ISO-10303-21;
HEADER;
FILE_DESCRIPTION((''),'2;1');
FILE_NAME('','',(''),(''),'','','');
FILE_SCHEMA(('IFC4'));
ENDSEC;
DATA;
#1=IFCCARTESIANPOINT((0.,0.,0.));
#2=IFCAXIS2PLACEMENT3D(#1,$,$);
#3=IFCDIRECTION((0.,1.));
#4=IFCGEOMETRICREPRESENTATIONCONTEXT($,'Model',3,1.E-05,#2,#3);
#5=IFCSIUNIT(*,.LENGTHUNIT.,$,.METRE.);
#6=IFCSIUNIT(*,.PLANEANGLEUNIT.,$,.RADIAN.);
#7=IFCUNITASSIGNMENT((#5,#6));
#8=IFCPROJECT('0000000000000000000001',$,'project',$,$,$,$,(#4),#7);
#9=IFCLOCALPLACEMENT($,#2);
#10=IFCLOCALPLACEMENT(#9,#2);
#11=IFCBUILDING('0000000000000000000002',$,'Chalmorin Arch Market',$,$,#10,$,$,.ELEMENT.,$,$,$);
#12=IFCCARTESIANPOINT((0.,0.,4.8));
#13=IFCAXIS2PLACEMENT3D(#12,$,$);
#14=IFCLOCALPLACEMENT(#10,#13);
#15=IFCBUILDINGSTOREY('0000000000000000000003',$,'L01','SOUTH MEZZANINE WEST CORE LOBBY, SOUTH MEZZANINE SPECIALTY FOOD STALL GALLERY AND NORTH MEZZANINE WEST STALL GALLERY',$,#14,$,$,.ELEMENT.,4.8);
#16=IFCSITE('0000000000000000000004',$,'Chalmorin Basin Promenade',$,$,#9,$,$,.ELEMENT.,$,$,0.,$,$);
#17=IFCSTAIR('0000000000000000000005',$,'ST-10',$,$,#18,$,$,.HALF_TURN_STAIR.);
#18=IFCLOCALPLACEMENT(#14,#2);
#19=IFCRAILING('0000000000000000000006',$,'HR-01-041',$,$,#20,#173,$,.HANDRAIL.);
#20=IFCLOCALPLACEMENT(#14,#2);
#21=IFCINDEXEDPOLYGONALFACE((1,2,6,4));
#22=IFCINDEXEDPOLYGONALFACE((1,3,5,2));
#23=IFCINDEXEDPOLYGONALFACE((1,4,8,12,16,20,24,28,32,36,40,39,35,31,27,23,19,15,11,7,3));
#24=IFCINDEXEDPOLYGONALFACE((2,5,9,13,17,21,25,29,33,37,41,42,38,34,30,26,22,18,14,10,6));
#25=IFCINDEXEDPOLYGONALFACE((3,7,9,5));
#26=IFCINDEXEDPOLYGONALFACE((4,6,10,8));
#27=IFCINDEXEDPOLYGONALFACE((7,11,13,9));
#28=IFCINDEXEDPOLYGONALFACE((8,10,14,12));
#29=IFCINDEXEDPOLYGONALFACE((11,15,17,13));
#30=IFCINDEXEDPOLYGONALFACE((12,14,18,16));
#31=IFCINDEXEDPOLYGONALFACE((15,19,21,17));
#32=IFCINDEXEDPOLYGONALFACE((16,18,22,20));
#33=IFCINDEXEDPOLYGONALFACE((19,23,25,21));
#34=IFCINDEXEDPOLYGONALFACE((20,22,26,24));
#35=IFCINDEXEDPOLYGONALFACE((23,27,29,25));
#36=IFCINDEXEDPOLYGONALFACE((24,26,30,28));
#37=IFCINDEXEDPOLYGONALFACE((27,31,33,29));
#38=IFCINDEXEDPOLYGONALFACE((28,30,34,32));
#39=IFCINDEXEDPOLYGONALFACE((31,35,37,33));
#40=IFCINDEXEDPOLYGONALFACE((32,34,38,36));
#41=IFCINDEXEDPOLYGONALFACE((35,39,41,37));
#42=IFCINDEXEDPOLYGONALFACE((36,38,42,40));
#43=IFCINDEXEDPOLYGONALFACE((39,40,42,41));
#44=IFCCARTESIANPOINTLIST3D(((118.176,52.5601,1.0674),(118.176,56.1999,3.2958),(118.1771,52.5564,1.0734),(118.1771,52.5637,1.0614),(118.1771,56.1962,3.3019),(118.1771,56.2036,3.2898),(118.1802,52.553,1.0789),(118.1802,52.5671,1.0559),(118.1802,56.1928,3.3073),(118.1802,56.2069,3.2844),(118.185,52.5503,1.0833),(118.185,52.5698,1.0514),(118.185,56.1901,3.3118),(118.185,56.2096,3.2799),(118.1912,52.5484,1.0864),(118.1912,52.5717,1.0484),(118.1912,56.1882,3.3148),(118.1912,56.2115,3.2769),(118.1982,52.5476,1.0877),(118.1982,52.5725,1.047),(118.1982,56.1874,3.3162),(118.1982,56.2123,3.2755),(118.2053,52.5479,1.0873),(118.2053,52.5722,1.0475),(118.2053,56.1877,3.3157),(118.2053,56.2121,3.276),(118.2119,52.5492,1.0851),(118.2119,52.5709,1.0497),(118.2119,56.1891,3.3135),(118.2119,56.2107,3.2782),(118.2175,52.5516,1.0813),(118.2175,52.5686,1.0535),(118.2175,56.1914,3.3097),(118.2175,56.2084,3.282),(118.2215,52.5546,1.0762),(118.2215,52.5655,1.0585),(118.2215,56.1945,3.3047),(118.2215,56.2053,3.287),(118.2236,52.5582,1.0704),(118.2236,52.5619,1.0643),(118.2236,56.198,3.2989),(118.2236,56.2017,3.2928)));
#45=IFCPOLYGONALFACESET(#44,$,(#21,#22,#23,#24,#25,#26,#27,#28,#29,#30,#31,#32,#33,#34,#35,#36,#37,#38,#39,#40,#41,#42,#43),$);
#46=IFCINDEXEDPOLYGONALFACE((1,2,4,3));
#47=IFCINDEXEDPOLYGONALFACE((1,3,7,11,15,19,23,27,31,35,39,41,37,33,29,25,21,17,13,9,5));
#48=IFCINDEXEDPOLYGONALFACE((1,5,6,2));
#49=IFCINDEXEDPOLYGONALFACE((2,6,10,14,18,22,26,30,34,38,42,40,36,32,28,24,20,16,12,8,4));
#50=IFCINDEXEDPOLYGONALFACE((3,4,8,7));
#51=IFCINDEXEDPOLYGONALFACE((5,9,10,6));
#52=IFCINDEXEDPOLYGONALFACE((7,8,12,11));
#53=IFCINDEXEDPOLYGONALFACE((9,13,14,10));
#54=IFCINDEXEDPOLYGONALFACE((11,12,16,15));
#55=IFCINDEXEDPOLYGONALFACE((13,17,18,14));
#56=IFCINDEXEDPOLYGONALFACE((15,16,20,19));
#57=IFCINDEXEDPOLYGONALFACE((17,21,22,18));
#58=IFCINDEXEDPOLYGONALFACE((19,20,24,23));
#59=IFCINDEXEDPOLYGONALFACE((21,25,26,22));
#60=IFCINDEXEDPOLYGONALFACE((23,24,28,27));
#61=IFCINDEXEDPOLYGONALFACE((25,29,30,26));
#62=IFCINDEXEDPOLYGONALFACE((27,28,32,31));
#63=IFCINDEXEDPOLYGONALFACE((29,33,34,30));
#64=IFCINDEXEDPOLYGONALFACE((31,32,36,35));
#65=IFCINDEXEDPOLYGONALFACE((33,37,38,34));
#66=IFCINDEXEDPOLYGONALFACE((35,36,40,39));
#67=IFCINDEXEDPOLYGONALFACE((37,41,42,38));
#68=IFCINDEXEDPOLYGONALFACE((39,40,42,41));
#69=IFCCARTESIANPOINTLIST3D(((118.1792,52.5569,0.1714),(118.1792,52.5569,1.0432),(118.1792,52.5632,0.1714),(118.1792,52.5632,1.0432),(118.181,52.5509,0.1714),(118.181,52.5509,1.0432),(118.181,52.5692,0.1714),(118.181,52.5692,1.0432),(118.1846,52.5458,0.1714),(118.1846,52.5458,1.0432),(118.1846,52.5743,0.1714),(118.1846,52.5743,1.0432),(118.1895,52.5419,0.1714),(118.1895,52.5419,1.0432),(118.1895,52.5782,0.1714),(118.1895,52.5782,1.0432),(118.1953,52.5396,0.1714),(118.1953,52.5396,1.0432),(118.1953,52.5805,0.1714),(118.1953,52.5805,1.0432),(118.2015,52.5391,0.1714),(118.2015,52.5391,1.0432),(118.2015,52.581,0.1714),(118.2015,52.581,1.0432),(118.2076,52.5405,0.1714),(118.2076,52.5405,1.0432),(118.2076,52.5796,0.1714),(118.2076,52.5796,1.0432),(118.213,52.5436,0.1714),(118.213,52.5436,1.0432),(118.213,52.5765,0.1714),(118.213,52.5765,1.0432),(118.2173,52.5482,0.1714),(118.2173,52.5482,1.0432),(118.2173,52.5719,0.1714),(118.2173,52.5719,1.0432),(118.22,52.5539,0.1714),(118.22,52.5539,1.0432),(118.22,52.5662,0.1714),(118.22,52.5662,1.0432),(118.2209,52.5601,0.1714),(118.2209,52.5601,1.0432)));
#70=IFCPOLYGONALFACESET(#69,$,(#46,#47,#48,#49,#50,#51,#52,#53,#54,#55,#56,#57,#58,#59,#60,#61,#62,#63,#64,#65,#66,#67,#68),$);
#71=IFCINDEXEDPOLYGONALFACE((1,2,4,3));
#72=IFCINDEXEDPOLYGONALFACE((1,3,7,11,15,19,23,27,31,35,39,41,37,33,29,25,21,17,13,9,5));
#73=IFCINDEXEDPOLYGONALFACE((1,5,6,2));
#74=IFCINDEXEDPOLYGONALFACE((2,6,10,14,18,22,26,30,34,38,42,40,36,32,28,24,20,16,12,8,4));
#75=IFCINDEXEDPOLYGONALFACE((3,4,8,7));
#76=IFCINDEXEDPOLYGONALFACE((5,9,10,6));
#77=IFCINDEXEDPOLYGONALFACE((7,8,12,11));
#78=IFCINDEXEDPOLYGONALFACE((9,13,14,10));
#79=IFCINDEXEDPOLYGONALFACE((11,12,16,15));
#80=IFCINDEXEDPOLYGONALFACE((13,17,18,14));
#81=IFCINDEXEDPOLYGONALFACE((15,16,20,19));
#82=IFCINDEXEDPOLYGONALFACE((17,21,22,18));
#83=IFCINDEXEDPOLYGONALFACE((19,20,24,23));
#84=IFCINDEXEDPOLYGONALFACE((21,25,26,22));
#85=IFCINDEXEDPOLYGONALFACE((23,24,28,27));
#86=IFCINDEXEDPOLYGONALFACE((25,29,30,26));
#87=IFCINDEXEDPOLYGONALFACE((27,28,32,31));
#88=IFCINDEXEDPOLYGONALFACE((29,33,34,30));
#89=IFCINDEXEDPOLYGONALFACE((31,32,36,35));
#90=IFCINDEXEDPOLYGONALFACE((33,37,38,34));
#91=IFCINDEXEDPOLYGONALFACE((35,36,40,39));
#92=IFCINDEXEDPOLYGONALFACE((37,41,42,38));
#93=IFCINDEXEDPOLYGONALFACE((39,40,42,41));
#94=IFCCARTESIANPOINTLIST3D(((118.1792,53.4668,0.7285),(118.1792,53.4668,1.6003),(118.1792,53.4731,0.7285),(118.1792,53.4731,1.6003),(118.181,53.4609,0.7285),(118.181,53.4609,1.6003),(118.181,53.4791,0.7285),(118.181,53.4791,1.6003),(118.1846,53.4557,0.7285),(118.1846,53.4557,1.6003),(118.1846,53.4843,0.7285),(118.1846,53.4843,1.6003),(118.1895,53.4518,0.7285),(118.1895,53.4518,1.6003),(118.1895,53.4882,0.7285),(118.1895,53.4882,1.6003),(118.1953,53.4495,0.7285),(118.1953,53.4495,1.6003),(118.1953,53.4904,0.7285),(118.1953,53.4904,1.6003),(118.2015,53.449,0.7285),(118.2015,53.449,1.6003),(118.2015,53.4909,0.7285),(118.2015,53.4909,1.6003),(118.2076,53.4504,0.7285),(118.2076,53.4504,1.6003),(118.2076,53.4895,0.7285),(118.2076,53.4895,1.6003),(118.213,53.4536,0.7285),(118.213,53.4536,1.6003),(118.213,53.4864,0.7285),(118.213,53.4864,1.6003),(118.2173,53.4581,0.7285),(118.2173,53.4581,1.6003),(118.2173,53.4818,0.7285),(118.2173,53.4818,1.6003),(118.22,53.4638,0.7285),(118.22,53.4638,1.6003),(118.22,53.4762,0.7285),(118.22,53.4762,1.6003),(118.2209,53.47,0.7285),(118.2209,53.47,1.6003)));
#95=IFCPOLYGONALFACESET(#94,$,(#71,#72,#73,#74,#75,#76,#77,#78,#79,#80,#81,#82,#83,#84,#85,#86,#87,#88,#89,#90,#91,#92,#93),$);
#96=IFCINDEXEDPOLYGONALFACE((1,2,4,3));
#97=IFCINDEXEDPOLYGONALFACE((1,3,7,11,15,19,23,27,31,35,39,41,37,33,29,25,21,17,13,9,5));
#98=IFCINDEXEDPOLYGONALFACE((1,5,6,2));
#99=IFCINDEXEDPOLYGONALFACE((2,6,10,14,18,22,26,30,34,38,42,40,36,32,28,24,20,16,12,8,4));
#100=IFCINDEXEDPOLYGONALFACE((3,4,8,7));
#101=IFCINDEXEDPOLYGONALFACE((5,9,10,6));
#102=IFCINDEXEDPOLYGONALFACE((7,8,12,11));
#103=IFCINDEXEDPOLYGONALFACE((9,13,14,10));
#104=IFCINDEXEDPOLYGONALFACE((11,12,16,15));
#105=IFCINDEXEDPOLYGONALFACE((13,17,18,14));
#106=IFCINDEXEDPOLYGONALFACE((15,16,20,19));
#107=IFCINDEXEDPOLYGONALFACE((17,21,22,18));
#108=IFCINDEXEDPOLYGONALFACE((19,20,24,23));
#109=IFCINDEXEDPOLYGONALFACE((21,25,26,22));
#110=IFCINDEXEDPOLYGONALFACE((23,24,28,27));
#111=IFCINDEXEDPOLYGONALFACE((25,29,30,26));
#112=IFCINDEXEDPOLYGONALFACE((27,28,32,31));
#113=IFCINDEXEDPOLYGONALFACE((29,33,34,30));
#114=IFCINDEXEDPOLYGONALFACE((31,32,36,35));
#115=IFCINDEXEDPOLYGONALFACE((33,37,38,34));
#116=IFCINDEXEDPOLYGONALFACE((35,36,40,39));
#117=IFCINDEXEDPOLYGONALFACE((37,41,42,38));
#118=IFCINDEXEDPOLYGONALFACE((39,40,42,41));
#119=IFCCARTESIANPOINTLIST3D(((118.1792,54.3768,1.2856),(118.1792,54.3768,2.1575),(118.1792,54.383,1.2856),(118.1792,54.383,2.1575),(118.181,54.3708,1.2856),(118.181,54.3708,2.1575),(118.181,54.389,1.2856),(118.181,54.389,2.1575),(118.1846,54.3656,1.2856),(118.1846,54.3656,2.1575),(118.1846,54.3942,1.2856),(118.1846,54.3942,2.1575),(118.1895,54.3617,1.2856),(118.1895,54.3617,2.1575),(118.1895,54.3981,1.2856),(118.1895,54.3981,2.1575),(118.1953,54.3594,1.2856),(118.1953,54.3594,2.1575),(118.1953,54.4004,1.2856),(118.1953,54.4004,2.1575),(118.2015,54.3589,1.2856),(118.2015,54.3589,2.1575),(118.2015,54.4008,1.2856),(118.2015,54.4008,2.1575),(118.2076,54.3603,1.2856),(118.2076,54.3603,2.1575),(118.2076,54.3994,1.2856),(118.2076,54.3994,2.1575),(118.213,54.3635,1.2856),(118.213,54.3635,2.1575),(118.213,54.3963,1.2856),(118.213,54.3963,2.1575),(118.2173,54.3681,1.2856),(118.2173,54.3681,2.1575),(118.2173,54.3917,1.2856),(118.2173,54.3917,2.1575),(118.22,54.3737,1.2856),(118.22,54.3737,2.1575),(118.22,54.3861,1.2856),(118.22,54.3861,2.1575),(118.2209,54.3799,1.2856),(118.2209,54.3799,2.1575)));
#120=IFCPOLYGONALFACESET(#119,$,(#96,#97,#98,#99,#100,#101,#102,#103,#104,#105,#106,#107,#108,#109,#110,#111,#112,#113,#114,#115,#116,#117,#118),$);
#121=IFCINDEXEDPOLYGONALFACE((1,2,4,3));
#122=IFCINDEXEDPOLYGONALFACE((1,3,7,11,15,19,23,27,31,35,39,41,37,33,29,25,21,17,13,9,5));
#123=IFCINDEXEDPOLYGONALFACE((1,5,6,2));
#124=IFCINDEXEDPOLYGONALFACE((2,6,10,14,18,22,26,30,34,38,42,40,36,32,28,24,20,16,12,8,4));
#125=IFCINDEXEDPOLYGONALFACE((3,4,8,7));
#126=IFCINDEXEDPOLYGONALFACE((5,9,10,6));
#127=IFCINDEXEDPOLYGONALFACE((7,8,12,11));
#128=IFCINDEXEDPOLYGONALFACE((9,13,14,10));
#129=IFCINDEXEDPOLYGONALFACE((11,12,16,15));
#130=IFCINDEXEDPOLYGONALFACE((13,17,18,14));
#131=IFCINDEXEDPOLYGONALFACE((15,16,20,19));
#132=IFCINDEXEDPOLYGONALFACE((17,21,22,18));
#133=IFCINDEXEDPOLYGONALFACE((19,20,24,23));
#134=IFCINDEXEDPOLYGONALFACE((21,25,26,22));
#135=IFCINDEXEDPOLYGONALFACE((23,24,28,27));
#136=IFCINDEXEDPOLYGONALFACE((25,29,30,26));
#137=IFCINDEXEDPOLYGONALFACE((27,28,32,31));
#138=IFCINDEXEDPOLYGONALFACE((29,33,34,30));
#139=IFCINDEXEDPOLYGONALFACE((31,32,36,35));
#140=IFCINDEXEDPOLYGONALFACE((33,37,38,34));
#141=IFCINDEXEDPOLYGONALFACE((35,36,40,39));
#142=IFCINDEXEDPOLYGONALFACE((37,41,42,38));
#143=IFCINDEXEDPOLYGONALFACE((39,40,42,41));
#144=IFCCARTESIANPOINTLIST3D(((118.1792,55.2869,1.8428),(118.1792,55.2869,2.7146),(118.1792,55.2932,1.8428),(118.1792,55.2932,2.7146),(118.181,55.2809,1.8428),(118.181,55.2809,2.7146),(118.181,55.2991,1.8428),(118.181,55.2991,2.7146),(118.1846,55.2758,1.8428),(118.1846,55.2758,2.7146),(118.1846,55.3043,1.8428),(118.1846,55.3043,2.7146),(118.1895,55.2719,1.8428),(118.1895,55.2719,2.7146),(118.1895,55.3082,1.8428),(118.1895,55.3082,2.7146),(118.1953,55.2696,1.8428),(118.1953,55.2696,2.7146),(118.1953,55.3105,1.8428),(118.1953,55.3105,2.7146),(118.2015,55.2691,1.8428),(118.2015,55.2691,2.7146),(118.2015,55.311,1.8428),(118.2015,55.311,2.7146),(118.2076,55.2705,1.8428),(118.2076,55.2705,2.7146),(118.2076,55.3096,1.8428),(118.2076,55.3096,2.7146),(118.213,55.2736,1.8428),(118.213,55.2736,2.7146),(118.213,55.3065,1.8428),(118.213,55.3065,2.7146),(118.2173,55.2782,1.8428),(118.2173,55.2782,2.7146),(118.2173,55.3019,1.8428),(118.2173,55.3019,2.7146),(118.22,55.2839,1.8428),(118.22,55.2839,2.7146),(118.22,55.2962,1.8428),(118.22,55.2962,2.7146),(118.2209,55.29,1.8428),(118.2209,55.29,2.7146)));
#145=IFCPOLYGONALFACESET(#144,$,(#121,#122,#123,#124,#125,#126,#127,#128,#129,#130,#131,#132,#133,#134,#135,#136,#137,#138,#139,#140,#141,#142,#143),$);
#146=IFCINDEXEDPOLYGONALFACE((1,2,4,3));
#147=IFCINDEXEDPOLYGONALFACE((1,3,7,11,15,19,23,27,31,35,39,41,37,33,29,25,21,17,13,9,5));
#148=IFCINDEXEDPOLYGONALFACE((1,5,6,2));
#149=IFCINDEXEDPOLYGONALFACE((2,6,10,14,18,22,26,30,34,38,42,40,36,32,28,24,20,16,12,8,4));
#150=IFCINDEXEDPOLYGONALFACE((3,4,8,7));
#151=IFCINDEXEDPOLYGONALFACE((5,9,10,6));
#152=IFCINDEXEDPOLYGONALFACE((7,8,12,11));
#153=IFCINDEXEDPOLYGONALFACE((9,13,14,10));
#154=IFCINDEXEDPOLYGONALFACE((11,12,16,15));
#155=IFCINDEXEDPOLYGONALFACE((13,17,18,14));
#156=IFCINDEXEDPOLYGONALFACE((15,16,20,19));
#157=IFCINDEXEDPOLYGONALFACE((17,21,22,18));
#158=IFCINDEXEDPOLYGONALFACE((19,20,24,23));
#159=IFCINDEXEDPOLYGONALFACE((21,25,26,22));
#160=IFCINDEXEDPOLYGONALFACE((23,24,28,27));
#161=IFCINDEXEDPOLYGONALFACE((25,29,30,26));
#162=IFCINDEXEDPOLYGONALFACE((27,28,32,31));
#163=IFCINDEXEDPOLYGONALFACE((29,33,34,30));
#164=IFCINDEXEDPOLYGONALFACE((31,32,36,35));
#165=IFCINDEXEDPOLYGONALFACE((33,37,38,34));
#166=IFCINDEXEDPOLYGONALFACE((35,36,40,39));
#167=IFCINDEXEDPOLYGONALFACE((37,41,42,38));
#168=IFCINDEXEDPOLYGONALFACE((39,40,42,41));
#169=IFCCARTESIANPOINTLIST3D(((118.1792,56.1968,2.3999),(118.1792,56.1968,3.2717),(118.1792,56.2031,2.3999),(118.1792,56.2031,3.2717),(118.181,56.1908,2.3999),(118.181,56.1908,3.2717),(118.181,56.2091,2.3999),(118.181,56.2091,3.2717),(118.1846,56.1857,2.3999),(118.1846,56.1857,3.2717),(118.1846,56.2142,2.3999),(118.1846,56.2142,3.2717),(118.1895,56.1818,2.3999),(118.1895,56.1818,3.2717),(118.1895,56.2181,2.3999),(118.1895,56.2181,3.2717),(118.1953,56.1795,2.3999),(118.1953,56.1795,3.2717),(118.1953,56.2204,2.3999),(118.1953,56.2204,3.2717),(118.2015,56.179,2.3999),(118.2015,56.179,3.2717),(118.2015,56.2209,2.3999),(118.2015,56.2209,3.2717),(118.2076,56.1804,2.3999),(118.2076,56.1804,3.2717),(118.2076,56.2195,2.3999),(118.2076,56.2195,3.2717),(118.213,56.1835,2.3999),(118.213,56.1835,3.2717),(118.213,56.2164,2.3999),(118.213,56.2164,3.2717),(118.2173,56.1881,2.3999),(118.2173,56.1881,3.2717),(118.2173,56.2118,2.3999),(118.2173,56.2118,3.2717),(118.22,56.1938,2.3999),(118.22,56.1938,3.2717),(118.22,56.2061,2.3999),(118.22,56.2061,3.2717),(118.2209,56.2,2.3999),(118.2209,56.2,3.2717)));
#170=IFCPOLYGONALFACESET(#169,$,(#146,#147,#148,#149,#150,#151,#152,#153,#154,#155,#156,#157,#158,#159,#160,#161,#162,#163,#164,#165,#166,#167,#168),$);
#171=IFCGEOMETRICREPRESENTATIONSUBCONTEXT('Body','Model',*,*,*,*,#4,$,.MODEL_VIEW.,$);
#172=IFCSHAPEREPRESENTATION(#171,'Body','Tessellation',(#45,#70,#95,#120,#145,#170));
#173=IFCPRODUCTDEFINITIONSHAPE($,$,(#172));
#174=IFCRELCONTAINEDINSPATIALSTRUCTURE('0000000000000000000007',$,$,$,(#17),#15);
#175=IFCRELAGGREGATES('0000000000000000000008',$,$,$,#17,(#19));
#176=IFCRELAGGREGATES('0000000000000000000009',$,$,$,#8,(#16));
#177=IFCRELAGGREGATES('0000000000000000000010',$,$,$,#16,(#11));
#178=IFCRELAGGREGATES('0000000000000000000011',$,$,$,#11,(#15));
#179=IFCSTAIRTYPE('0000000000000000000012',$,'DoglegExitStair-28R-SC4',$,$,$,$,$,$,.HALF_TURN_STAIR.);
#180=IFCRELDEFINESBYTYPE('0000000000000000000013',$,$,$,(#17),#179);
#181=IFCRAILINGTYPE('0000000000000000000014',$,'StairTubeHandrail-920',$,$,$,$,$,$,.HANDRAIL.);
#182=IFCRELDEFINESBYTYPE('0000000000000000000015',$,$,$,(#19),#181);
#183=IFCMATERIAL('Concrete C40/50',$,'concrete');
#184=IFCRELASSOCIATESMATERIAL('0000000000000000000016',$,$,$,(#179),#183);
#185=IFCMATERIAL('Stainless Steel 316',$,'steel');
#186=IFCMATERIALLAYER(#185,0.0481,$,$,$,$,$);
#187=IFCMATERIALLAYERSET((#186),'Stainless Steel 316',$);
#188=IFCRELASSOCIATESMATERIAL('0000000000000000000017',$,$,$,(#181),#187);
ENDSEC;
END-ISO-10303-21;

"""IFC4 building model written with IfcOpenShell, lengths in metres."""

from ifc_helpers import new_model, si_unit, direction, frame, origin, origin_2d, place, context, subcontext, project, spatial, circle, extrude, material, layer, layer_set, type_object, element, aggregate, save


model = new_model("IFC4")

# Units and contexts
model_context = context("Model", 3, precision=1e-05, world=origin(), true_north=direction((0.0, 1.0)))
body_context = subcontext(model_context, "Body", "Model", "MODEL_VIEW")
ifc_project = project(units=[si_unit("LENGTHUNIT", "METRE"), si_unit("PLANEANGLEUNIT", "RADIAN")], contexts=[model_context])

# Site, building, storey
site_placement = place(None, origin())
site = spatial("IfcSite", under=ifc_project, at=site_placement, Name="Chalmorin Basin Promenade", CompositionType="ELEMENT", RefElevation=0.0)
building_placement = place(site_placement, origin())
building = spatial("IfcBuilding", under=site, at=building_placement, Name="Chalmorin Arch Market", CompositionType="ELEMENT")
storey_placement = place(building_placement, frame((0.0, 0.0, 4.8)))
storey = spatial("IfcBuildingStorey", under=building, at=storey_placement, Name="L01", Description="SOUTH MEZZANINE WEST CORE LOBBY, SOUTH MEZZANINE SPECIALTY FOOD STALL GALLERY AND NORTH MEZZANINE WEST STALL GALLERY", CompositionType="ELEMENT", Elevation=4.8)

# Shared definitions
ifc_material_1 = material(Name="Concrete C40/50", Category="concrete")

# Stair
stair_type = type_object("IfcStairType", Name="DoglegExitStair-28R-SC4", PredefinedType="HALF_TURN_STAIR", material=ifc_material_1)
stair_placement = place(storey_placement, origin())
stair = element("IfcStair", 1, at=stair_placement, inside=storey, type_object=stair_type, Name="ST-10", PredefinedType="HALF_TURN_STAIR")

# Railing
ifc_material_2 = material(Name="Stainless Steel 316", Category="steel")
ifc_layer_1 = layer(ifc_material_2, 0.0481)
ifc_layer_set_1 = layer_set([ifc_layer_1], Name="Stainless Steel 316")
railing_type_1 = type_object("IfcRailingType", Name="StairTubeHandrail-920", PredefinedType="HANDRAIL", material=ifc_layer_set_1)
railing_1_placement = place(storey_placement, frame((118.2, 52.5601, 0.1714)))
railing_1 = element("IfcRailing", 2, at=railing_1_placement, type_object=railing_type_1, Name="HR-01-041", PredefinedType="HANDRAIL", context=body_context, shape_type="SweptSolid", body=[
    extrude(circle(Radius=0.0239, at=origin_2d()), frame((0.0, 0.0, 0.896), z_axis=(0.0, 0.85285, 0.522156), x_axis=(-1.0, 0.0, 0.0)), (0.0, 0.0, 1.0), 4.2678),
    extrude(circle(Radius=0.021, at=origin_2d()), origin(), (0.0, 0.0, 1.0), 0.8718),
    extrude(circle(Radius=0.021, at=origin_2d()), frame((0.0, 0.9099, 0.5571)), (0.0, 0.0, 1.0), 0.8718),
    extrude(circle(Radius=0.021, at=origin_2d()), frame((0.0, 1.8198, 1.1143)), (0.0, 0.0, 1.0), 0.8718),
    extrude(circle(Radius=0.021, at=origin_2d()), frame((0.0, 2.73, 1.6714)), (0.0, 0.0, 1.0), 0.8718),
    extrude(circle(Radius=0.021, at=origin_2d()), frame((0.0, 3.6399, 2.2285)), (0.0, 0.0, 1.0), 0.8718),
])
aggregate(stair, [railing_1])

save(model, "model.ifc")
